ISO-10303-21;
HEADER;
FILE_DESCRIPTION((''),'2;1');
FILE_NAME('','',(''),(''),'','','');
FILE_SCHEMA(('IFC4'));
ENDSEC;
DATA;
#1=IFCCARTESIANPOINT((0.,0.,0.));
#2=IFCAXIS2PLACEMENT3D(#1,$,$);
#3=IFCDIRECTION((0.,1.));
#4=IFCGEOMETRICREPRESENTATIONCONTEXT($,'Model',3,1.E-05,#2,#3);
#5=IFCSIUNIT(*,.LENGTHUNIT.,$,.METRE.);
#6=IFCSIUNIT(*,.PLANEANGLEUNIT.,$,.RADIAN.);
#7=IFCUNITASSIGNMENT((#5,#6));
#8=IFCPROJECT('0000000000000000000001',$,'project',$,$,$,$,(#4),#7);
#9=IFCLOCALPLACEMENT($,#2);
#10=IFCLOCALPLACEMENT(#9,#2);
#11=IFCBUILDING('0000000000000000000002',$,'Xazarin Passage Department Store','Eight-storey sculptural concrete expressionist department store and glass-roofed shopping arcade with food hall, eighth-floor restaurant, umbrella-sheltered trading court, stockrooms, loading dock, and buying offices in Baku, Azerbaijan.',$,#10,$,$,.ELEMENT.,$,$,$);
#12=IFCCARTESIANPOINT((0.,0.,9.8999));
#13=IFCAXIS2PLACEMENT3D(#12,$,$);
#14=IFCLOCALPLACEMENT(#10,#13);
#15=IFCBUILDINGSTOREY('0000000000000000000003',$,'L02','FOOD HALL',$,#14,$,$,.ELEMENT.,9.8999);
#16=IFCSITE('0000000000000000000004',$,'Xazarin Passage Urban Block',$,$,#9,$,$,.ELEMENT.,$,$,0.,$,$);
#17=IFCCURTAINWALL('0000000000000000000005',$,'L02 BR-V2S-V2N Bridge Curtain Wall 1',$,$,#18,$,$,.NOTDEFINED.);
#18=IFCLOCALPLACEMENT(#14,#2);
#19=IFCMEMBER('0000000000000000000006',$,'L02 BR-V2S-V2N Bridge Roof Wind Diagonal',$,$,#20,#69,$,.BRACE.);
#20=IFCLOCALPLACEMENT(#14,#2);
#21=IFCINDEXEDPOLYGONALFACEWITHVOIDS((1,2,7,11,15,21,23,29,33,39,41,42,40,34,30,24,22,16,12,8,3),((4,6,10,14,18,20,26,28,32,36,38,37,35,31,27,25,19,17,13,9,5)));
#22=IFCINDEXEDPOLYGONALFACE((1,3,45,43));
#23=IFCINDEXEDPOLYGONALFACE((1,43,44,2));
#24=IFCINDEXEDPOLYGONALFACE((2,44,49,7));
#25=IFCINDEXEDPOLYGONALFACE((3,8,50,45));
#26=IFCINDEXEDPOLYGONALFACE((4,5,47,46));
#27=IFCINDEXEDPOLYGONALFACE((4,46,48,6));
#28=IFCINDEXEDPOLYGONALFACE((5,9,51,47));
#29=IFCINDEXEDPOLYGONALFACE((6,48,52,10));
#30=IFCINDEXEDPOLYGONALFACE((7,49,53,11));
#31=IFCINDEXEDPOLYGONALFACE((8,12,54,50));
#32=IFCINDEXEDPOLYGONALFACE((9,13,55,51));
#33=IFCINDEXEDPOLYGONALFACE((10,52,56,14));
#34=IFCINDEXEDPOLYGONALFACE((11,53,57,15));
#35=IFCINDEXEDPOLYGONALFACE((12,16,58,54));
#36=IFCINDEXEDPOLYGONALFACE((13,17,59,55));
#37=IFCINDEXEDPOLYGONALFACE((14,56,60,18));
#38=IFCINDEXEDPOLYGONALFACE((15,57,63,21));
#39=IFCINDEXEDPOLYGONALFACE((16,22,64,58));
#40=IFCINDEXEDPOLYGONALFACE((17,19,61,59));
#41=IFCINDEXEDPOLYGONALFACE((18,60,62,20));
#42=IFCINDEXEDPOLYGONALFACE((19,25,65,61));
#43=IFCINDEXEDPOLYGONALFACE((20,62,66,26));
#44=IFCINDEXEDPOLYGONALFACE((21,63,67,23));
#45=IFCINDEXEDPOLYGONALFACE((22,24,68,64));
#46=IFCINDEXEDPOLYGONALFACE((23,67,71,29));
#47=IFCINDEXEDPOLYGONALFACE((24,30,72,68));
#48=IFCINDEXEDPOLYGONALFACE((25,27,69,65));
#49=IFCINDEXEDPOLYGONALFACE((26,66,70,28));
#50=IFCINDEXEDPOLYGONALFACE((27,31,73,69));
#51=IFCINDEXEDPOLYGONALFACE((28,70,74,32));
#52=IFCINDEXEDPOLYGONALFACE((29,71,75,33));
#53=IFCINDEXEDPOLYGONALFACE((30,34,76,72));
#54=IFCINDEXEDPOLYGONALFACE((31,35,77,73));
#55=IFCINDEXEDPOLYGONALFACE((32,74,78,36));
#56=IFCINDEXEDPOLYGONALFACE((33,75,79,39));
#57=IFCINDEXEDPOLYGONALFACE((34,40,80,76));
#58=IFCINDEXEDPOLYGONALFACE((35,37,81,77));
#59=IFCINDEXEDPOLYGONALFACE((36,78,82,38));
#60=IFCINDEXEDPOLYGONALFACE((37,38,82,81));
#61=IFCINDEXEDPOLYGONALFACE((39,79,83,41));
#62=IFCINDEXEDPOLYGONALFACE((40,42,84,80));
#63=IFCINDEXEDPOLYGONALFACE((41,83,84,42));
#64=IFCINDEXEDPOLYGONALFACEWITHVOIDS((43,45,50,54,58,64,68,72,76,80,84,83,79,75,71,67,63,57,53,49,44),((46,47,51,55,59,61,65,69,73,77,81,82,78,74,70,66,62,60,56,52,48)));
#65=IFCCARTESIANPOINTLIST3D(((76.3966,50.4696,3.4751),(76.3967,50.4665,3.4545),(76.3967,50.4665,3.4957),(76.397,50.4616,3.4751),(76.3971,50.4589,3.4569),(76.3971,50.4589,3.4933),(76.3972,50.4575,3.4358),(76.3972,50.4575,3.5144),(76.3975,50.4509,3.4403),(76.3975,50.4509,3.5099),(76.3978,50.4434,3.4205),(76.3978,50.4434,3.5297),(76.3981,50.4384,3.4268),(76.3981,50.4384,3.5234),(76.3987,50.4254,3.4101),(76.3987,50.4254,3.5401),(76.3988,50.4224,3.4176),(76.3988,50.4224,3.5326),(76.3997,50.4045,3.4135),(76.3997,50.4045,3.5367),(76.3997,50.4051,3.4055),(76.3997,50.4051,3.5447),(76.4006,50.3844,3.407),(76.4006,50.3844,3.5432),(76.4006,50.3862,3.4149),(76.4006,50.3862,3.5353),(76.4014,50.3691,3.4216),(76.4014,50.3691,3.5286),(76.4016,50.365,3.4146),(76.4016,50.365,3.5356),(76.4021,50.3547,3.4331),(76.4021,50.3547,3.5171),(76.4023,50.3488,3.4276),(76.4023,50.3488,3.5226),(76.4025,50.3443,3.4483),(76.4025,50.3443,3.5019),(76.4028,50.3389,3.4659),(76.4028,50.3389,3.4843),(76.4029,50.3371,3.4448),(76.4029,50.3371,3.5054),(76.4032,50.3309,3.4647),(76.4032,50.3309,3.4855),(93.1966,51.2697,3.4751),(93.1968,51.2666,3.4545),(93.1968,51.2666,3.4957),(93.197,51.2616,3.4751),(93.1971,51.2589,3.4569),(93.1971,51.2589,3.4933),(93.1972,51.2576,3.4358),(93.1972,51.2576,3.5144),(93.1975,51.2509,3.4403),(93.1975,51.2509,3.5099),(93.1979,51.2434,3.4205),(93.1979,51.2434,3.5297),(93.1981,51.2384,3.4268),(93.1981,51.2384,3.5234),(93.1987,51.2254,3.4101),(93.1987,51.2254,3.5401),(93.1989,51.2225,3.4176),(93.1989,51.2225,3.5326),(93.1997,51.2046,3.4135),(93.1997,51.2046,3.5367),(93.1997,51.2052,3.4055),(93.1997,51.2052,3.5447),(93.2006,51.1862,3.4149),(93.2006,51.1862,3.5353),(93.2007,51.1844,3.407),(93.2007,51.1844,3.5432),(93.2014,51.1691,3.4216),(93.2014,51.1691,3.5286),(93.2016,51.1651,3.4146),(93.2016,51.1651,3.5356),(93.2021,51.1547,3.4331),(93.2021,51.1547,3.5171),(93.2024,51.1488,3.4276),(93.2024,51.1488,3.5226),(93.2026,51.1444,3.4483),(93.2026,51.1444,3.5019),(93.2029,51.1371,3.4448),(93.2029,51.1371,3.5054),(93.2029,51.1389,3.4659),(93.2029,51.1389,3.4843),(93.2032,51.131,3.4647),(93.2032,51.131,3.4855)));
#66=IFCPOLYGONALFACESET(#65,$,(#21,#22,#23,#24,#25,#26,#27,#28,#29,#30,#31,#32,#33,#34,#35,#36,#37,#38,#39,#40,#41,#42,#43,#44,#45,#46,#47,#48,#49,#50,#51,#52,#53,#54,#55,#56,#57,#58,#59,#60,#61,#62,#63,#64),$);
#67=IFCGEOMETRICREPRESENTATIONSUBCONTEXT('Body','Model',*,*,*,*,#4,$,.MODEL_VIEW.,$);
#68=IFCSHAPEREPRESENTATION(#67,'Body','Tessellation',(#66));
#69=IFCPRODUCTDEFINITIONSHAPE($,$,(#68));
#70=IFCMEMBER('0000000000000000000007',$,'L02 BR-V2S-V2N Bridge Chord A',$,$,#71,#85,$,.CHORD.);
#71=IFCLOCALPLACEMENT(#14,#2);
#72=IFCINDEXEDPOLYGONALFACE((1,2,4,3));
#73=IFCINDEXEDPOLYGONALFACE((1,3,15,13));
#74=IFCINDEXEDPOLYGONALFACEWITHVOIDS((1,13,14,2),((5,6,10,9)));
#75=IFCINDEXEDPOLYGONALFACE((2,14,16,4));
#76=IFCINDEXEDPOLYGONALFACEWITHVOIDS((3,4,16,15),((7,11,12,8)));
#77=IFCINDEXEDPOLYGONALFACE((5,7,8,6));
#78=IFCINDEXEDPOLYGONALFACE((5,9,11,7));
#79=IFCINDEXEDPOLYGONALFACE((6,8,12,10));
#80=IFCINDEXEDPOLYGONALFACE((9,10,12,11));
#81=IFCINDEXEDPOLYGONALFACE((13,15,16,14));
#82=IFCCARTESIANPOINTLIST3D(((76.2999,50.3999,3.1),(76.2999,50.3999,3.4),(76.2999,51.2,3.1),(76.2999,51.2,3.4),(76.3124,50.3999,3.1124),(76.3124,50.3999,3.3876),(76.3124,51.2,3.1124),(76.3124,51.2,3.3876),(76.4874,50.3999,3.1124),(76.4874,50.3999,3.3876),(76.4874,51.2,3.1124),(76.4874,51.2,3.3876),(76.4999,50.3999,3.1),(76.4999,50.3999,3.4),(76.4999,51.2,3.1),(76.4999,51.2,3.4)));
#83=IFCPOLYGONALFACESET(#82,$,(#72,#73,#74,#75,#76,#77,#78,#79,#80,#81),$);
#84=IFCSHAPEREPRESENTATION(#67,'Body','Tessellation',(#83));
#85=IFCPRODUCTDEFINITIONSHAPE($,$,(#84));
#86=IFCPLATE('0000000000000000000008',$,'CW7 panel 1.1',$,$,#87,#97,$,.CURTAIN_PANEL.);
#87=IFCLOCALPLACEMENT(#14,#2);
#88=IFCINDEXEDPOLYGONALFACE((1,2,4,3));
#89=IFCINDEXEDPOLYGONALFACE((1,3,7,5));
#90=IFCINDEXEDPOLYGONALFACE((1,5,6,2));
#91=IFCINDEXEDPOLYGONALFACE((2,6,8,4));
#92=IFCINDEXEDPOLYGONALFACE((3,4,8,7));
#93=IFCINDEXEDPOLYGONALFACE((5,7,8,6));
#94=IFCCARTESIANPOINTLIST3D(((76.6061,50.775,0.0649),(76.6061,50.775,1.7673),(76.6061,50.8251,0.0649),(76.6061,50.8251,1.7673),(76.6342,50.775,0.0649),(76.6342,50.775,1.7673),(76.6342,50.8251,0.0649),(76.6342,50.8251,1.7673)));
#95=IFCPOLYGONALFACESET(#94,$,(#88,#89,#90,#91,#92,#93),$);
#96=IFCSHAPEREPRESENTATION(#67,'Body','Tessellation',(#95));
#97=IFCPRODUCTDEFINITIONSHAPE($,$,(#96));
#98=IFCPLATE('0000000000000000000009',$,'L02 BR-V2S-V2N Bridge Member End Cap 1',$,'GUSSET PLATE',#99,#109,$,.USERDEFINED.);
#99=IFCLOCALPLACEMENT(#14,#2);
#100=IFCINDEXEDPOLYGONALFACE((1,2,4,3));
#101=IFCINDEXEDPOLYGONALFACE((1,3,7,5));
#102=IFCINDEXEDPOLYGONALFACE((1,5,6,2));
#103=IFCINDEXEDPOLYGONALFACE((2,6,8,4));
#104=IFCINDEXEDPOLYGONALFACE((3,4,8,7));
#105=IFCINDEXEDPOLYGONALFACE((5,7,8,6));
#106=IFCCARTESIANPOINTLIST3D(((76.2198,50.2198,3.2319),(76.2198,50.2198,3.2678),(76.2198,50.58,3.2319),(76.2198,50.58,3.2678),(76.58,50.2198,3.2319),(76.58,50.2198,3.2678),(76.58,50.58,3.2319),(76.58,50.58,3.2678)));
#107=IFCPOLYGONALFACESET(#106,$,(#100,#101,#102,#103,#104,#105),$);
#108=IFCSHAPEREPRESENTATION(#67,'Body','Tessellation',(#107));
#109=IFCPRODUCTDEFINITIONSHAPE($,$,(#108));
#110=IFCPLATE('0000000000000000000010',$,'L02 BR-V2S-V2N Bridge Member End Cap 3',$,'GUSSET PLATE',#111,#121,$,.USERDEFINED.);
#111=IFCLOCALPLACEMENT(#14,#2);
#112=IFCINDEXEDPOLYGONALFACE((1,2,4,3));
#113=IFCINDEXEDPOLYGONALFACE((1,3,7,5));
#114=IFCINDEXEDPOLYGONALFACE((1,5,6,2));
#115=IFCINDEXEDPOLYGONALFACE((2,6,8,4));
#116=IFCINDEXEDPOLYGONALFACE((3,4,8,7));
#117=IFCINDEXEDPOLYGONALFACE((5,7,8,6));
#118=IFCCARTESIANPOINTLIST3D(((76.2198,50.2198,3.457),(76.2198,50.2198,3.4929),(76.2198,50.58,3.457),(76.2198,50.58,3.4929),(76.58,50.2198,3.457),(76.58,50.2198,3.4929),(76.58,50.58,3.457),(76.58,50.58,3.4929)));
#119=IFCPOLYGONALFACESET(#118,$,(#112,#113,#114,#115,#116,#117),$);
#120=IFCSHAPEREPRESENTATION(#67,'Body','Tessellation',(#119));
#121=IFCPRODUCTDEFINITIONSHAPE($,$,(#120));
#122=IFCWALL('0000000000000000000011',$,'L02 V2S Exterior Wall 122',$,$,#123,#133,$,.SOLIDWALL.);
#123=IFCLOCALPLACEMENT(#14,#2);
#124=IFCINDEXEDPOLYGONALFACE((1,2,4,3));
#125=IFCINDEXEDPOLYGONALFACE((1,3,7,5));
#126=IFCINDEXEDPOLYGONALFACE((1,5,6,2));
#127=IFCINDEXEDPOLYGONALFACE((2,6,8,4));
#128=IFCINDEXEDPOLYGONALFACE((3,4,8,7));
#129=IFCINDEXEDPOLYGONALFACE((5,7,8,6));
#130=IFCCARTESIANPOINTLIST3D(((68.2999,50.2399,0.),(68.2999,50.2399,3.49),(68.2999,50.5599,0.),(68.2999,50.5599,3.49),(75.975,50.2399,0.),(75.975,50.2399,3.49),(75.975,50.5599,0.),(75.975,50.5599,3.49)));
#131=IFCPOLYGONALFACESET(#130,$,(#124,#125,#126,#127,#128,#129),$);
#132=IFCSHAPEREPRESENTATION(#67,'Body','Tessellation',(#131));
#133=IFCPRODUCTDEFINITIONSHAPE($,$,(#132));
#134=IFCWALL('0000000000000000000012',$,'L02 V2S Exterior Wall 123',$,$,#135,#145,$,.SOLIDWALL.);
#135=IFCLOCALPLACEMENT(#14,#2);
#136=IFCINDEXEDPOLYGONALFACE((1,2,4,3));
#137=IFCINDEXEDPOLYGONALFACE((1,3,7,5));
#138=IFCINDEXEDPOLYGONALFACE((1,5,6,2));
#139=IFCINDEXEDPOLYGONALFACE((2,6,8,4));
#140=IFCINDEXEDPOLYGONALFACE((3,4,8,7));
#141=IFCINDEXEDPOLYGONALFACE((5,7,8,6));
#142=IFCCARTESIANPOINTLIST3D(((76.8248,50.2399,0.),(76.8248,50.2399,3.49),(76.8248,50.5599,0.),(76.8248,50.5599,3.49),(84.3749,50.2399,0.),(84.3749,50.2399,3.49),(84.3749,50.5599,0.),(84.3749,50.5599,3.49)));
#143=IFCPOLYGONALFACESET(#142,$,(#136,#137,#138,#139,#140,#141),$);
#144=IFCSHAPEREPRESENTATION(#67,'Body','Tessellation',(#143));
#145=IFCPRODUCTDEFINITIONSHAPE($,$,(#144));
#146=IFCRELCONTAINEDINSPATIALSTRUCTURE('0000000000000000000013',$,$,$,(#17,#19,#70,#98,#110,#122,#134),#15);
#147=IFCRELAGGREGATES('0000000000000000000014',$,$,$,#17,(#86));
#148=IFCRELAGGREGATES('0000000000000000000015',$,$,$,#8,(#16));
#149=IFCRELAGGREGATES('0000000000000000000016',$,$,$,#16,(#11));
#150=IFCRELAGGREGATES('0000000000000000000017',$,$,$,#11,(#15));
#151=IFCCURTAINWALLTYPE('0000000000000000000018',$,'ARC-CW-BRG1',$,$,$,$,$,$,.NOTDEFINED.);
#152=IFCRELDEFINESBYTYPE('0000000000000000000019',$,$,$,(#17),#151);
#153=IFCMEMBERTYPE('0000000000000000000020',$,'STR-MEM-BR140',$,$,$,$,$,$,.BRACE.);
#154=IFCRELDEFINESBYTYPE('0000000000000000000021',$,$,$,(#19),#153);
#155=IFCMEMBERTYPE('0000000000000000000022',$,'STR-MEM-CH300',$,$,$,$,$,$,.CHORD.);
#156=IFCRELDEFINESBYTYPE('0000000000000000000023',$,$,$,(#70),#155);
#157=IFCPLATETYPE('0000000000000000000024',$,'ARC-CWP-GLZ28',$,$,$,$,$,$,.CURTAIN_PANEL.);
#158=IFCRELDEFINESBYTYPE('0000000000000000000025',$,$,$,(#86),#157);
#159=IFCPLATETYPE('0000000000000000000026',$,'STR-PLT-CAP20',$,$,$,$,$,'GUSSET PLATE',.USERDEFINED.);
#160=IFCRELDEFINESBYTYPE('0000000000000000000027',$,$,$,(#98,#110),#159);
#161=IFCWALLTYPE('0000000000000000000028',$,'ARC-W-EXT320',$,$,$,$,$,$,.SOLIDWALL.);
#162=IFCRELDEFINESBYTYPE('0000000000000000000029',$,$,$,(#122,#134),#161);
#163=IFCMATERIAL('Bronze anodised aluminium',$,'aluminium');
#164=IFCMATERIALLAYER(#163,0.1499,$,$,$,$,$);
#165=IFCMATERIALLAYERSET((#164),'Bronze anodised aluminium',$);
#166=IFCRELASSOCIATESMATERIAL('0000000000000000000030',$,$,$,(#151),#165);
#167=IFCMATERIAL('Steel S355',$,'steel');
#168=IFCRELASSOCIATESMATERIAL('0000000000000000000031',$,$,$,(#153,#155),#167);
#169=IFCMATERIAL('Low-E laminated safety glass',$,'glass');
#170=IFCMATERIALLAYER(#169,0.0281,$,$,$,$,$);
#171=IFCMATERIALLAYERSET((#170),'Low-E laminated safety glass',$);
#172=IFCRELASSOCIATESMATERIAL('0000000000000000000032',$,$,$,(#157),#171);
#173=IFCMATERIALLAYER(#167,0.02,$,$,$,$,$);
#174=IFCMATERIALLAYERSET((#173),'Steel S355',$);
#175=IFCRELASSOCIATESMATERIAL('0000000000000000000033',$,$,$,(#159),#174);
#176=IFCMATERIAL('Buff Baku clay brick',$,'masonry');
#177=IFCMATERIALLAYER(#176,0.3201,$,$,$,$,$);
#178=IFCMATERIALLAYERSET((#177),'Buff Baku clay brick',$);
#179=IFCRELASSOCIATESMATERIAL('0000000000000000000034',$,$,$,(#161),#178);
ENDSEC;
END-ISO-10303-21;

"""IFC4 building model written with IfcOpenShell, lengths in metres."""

from ifc_helpers import new_model, si_unit, direction, frame, frame_2d, origin, origin_2d, place, context, subcontext, project, spatial, rectangle, hollow_rectangle, hollow_circle, extrude, material, layer, layer_set, material_profile, profile_set, type_object, element, aggregate, save


model = new_model("IFC4")

# Units and contexts
model_context = context("Model", 3, precision=1e-05, world=origin(), true_north=direction((0.0, 1.0)))
body_context = subcontext(model_context, "Body", "Model", "MODEL_VIEW")
ifc_project = project(units=[si_unit("LENGTHUNIT", "METRE"), si_unit("PLANEANGLEUNIT", "RADIAN")], contexts=[model_context])

# Site, building, storey
site_placement = place(None, origin())
site = spatial("IfcSite", under=ifc_project, at=site_placement, Name="Xazarin Passage Urban Block", CompositionType="ELEMENT", RefElevation=0.0)
building_placement = place(site_placement, origin())
building = spatial("IfcBuilding", under=site, at=building_placement, Name="Xazarin Passage Department Store", Description="Eight-storey sculptural concrete expressionist department store and glass-roofed shopping arcade with food hall, eighth-floor restaurant, umbrella-sheltered trading court, stockrooms, loading dock, and buying offices in Baku, Azerbaijan.", CompositionType="ELEMENT")
storey_placement = place(building_placement, frame((0.0, 0.0, 9.8999)))
storey = spatial("IfcBuildingStorey", under=building, at=storey_placement, Name="L02", Description="FOOD HALL", CompositionType="ELEMENT", Elevation=9.8999)

# Curtain wall
ifc_material_1 = material(Name="Bronze anodised aluminium", Category="aluminium")
ifc_layer_1 = layer(ifc_material_1, 0.1499)
ifc_layer_set_1 = layer_set([ifc_layer_1], Name="Bronze anodised aluminium")
curtain_wall_type = type_object("IfcCurtainWallType", Name="ARC-CW-BRG1", PredefinedType="NOTDEFINED", material=ifc_layer_set_1)
curtain_wall_placement = place(storey_placement, origin())
curtain_wall = element("IfcCurtainWall", 1, at=curtain_wall_placement, inside=storey, type_object=curtain_wall_type, Name="L02 BR-V2S-V2N Bridge Curtain Wall 1", PredefinedType="NOTDEFINED")

# Shared definitions
ifc_material_2 = material(Name="Steel S355", Category="steel")

# Members
ifc_material_profile_1 = material_profile(ifc_material_2, hollow_circle(Radius=0.0698, WallThickness=0.0081, at=origin_2d()), Name="CHS 139.7x8")
ifc_profile_set_1 = profile_set([ifc_material_profile_1], Name="Steel S355")
member_type_1 = type_object("IfcMemberType", Name="STR-MEM-BR140", PredefinedType="BRACE", material=ifc_profile_set_1)
member_1_placement = place(storey_placement, frame((76.3999, 50.3999, 3.4751), z_axis=(0.998868, 0.047568, 0.0), x_axis=(-0.047568, 0.998868, 0.0)))
element("IfcMember", 2, at=member_1_placement, inside=storey, type_object=member_type_1, Name="L02 BR-V2S-V2N Bridge Roof Wind Diagonal", PredefinedType="BRACE", context=body_context, shape_type="SweptSolid", body=[
    extrude(hollow_circle(Radius=0.0698, WallThickness=0.0081, at=origin_2d()), origin(), (0.0, 0.0, 1.0), 16.8191),
])
ifc_material_profile_2 = material_profile(ifc_material_2, hollow_rectangle(XDim=0.2, YDim=0.3, WallThickness=0.0125, at=origin_2d()), Name="RHS 300x200x12.5")
ifc_profile_set_2 = profile_set([ifc_material_profile_2], Name="Steel S355")
member_type_2 = type_object("IfcMemberType", Name="STR-MEM-CH300", PredefinedType="CHORD", material=ifc_profile_set_2)
member_2_placement = place(storey_placement, frame((76.3999, 50.3999, 3.25), z_axis=(0.0, 1.0, 0.0), x_axis=(-1.0, 0.0, 0.0)))
element("IfcMember", 3, at=member_2_placement, inside=storey, type_object=member_type_2, Name="L02 BR-V2S-V2N Bridge Chord A", PredefinedType="CHORD", context=body_context, shape_type="SweptSolid", body=[
    extrude(hollow_rectangle(XDim=0.2, YDim=0.3, WallThickness=0.0125, at=origin_2d()), origin(), (0.0, 0.0, 1.0), 0.8),
])

# Plate
ifc_material_3 = material(Name="Low-E laminated safety glass", Category="glass")
ifc_layer_2 = layer(ifc_material_3, 0.0281)
ifc_layer_set_2 = layer_set([ifc_layer_2], Name="Low-E laminated safety glass")
plate_type_1 = type_object("IfcPlateType", Name="ARC-CWP-GLZ28", PredefinedType="CURTAIN_PANEL", material=ifc_layer_set_2)
plate_placement = place(storey_placement, frame((76.6201, 50.8, 0.0649), z_axis=(0.0, 0.0, 1.0), x_axis=(0.0, 1.0, 0.0)))
plate = element("IfcPlate", 4, at=plate_placement, type_object=plate_type_1, Name="CW7 panel 1.1", PredefinedType="CURTAIN_PANEL", context=body_context, shape_type="SweptSolid", body=[
    extrude(rectangle(XDim=0.05, YDim=0.0281, at=origin_2d()), origin(), (0.0, 0.0, 1.0), 1.7024),
])
aggregate(curtain_wall, [plate])

# Plates
ifc_layer_3 = layer(ifc_material_2, 0.02)
ifc_layer_set_3 = layer_set([ifc_layer_3], Name="Steel S355")
plate_type_2 = type_object("IfcPlateType", Name="STR-PLT-CAP20", ElementType="GUSSET PLATE", PredefinedType="USERDEFINED", material=ifc_layer_set_3)
for number, where, z_axis, x_axis, name in (
    (5, (76.3999, 50.3999, 3.2319), (0.0, 0.0, 1.0), (1.0, 0.0, 0.0), "L02 BR-V2S-V2N Bridge Member End Cap 1"),
    (6, (76.3999, 50.3999, 3.457), (0.0, 0.0, 1.0), (1.0, 0.0, 0.0), "L02 BR-V2S-V2N Bridge Member End Cap 3"),
):
    element("IfcPlate", number, at=place(storey_placement, frame(where, z_axis=z_axis, x_axis=x_axis)), inside=storey, type_object=plate_type_2, Name=name, ObjectType="GUSSET PLATE", PredefinedType="USERDEFINED", context=body_context, shape_type="SweptSolid", body=[
        extrude(rectangle(XDim=0.3601, YDim=0.3601, at=origin_2d()), origin(), (0.0, 0.0, 1.0), 0.0359),
    ])

# Walls
ifc_material_4 = material(Name="Buff Baku clay brick", Category="masonry")
ifc_layer_4 = layer(ifc_material_4, 0.3201)
ifc_layer_set_4 = layer_set([ifc_layer_4], Name="Buff Baku clay brick")
wall_type = type_object("IfcWallType", Name="ARC-W-EXT320", PredefinedType="SOLIDWALL", material=ifc_layer_set_4)
wall_1_placement = place(storey_placement, frame((68.3, 50.3999, 0.0), z_axis=(0.0, 0.0, 1.0), x_axis=(1.0, 0.0, 0.0)))
element("IfcWall", 7, at=wall_1_placement, inside=storey, type_object=wall_type, Name="L02 V2S Exterior Wall 122", PredefinedType="SOLIDWALL", context=body_context, shape_type="SweptSolid", body=[
    extrude(rectangle(XDim=7.675, YDim=0.3201, at=frame_2d((3.8374, 0.0))), origin(), (0.0, 0.0, 1.0), 3.49),
])
wall_2_placement = place(storey_placement, frame((76.825, 50.3999, 0.0), z_axis=(0.0, 0.0, 1.0), x_axis=(1.0, 0.0, 0.0)))
element("IfcWall", 8, at=wall_2_placement, inside=storey, type_object=wall_type, Name="L02 V2S Exterior Wall 123", PredefinedType="SOLIDWALL", context=body_context, shape_type="SweptSolid", body=[
    extrude(rectangle(XDim=7.55, YDim=0.3201, at=frame_2d((3.7749, 0.0))), origin(), (0.0, 0.0, 1.0), 3.49),
])

save(model, "model.ifc")
